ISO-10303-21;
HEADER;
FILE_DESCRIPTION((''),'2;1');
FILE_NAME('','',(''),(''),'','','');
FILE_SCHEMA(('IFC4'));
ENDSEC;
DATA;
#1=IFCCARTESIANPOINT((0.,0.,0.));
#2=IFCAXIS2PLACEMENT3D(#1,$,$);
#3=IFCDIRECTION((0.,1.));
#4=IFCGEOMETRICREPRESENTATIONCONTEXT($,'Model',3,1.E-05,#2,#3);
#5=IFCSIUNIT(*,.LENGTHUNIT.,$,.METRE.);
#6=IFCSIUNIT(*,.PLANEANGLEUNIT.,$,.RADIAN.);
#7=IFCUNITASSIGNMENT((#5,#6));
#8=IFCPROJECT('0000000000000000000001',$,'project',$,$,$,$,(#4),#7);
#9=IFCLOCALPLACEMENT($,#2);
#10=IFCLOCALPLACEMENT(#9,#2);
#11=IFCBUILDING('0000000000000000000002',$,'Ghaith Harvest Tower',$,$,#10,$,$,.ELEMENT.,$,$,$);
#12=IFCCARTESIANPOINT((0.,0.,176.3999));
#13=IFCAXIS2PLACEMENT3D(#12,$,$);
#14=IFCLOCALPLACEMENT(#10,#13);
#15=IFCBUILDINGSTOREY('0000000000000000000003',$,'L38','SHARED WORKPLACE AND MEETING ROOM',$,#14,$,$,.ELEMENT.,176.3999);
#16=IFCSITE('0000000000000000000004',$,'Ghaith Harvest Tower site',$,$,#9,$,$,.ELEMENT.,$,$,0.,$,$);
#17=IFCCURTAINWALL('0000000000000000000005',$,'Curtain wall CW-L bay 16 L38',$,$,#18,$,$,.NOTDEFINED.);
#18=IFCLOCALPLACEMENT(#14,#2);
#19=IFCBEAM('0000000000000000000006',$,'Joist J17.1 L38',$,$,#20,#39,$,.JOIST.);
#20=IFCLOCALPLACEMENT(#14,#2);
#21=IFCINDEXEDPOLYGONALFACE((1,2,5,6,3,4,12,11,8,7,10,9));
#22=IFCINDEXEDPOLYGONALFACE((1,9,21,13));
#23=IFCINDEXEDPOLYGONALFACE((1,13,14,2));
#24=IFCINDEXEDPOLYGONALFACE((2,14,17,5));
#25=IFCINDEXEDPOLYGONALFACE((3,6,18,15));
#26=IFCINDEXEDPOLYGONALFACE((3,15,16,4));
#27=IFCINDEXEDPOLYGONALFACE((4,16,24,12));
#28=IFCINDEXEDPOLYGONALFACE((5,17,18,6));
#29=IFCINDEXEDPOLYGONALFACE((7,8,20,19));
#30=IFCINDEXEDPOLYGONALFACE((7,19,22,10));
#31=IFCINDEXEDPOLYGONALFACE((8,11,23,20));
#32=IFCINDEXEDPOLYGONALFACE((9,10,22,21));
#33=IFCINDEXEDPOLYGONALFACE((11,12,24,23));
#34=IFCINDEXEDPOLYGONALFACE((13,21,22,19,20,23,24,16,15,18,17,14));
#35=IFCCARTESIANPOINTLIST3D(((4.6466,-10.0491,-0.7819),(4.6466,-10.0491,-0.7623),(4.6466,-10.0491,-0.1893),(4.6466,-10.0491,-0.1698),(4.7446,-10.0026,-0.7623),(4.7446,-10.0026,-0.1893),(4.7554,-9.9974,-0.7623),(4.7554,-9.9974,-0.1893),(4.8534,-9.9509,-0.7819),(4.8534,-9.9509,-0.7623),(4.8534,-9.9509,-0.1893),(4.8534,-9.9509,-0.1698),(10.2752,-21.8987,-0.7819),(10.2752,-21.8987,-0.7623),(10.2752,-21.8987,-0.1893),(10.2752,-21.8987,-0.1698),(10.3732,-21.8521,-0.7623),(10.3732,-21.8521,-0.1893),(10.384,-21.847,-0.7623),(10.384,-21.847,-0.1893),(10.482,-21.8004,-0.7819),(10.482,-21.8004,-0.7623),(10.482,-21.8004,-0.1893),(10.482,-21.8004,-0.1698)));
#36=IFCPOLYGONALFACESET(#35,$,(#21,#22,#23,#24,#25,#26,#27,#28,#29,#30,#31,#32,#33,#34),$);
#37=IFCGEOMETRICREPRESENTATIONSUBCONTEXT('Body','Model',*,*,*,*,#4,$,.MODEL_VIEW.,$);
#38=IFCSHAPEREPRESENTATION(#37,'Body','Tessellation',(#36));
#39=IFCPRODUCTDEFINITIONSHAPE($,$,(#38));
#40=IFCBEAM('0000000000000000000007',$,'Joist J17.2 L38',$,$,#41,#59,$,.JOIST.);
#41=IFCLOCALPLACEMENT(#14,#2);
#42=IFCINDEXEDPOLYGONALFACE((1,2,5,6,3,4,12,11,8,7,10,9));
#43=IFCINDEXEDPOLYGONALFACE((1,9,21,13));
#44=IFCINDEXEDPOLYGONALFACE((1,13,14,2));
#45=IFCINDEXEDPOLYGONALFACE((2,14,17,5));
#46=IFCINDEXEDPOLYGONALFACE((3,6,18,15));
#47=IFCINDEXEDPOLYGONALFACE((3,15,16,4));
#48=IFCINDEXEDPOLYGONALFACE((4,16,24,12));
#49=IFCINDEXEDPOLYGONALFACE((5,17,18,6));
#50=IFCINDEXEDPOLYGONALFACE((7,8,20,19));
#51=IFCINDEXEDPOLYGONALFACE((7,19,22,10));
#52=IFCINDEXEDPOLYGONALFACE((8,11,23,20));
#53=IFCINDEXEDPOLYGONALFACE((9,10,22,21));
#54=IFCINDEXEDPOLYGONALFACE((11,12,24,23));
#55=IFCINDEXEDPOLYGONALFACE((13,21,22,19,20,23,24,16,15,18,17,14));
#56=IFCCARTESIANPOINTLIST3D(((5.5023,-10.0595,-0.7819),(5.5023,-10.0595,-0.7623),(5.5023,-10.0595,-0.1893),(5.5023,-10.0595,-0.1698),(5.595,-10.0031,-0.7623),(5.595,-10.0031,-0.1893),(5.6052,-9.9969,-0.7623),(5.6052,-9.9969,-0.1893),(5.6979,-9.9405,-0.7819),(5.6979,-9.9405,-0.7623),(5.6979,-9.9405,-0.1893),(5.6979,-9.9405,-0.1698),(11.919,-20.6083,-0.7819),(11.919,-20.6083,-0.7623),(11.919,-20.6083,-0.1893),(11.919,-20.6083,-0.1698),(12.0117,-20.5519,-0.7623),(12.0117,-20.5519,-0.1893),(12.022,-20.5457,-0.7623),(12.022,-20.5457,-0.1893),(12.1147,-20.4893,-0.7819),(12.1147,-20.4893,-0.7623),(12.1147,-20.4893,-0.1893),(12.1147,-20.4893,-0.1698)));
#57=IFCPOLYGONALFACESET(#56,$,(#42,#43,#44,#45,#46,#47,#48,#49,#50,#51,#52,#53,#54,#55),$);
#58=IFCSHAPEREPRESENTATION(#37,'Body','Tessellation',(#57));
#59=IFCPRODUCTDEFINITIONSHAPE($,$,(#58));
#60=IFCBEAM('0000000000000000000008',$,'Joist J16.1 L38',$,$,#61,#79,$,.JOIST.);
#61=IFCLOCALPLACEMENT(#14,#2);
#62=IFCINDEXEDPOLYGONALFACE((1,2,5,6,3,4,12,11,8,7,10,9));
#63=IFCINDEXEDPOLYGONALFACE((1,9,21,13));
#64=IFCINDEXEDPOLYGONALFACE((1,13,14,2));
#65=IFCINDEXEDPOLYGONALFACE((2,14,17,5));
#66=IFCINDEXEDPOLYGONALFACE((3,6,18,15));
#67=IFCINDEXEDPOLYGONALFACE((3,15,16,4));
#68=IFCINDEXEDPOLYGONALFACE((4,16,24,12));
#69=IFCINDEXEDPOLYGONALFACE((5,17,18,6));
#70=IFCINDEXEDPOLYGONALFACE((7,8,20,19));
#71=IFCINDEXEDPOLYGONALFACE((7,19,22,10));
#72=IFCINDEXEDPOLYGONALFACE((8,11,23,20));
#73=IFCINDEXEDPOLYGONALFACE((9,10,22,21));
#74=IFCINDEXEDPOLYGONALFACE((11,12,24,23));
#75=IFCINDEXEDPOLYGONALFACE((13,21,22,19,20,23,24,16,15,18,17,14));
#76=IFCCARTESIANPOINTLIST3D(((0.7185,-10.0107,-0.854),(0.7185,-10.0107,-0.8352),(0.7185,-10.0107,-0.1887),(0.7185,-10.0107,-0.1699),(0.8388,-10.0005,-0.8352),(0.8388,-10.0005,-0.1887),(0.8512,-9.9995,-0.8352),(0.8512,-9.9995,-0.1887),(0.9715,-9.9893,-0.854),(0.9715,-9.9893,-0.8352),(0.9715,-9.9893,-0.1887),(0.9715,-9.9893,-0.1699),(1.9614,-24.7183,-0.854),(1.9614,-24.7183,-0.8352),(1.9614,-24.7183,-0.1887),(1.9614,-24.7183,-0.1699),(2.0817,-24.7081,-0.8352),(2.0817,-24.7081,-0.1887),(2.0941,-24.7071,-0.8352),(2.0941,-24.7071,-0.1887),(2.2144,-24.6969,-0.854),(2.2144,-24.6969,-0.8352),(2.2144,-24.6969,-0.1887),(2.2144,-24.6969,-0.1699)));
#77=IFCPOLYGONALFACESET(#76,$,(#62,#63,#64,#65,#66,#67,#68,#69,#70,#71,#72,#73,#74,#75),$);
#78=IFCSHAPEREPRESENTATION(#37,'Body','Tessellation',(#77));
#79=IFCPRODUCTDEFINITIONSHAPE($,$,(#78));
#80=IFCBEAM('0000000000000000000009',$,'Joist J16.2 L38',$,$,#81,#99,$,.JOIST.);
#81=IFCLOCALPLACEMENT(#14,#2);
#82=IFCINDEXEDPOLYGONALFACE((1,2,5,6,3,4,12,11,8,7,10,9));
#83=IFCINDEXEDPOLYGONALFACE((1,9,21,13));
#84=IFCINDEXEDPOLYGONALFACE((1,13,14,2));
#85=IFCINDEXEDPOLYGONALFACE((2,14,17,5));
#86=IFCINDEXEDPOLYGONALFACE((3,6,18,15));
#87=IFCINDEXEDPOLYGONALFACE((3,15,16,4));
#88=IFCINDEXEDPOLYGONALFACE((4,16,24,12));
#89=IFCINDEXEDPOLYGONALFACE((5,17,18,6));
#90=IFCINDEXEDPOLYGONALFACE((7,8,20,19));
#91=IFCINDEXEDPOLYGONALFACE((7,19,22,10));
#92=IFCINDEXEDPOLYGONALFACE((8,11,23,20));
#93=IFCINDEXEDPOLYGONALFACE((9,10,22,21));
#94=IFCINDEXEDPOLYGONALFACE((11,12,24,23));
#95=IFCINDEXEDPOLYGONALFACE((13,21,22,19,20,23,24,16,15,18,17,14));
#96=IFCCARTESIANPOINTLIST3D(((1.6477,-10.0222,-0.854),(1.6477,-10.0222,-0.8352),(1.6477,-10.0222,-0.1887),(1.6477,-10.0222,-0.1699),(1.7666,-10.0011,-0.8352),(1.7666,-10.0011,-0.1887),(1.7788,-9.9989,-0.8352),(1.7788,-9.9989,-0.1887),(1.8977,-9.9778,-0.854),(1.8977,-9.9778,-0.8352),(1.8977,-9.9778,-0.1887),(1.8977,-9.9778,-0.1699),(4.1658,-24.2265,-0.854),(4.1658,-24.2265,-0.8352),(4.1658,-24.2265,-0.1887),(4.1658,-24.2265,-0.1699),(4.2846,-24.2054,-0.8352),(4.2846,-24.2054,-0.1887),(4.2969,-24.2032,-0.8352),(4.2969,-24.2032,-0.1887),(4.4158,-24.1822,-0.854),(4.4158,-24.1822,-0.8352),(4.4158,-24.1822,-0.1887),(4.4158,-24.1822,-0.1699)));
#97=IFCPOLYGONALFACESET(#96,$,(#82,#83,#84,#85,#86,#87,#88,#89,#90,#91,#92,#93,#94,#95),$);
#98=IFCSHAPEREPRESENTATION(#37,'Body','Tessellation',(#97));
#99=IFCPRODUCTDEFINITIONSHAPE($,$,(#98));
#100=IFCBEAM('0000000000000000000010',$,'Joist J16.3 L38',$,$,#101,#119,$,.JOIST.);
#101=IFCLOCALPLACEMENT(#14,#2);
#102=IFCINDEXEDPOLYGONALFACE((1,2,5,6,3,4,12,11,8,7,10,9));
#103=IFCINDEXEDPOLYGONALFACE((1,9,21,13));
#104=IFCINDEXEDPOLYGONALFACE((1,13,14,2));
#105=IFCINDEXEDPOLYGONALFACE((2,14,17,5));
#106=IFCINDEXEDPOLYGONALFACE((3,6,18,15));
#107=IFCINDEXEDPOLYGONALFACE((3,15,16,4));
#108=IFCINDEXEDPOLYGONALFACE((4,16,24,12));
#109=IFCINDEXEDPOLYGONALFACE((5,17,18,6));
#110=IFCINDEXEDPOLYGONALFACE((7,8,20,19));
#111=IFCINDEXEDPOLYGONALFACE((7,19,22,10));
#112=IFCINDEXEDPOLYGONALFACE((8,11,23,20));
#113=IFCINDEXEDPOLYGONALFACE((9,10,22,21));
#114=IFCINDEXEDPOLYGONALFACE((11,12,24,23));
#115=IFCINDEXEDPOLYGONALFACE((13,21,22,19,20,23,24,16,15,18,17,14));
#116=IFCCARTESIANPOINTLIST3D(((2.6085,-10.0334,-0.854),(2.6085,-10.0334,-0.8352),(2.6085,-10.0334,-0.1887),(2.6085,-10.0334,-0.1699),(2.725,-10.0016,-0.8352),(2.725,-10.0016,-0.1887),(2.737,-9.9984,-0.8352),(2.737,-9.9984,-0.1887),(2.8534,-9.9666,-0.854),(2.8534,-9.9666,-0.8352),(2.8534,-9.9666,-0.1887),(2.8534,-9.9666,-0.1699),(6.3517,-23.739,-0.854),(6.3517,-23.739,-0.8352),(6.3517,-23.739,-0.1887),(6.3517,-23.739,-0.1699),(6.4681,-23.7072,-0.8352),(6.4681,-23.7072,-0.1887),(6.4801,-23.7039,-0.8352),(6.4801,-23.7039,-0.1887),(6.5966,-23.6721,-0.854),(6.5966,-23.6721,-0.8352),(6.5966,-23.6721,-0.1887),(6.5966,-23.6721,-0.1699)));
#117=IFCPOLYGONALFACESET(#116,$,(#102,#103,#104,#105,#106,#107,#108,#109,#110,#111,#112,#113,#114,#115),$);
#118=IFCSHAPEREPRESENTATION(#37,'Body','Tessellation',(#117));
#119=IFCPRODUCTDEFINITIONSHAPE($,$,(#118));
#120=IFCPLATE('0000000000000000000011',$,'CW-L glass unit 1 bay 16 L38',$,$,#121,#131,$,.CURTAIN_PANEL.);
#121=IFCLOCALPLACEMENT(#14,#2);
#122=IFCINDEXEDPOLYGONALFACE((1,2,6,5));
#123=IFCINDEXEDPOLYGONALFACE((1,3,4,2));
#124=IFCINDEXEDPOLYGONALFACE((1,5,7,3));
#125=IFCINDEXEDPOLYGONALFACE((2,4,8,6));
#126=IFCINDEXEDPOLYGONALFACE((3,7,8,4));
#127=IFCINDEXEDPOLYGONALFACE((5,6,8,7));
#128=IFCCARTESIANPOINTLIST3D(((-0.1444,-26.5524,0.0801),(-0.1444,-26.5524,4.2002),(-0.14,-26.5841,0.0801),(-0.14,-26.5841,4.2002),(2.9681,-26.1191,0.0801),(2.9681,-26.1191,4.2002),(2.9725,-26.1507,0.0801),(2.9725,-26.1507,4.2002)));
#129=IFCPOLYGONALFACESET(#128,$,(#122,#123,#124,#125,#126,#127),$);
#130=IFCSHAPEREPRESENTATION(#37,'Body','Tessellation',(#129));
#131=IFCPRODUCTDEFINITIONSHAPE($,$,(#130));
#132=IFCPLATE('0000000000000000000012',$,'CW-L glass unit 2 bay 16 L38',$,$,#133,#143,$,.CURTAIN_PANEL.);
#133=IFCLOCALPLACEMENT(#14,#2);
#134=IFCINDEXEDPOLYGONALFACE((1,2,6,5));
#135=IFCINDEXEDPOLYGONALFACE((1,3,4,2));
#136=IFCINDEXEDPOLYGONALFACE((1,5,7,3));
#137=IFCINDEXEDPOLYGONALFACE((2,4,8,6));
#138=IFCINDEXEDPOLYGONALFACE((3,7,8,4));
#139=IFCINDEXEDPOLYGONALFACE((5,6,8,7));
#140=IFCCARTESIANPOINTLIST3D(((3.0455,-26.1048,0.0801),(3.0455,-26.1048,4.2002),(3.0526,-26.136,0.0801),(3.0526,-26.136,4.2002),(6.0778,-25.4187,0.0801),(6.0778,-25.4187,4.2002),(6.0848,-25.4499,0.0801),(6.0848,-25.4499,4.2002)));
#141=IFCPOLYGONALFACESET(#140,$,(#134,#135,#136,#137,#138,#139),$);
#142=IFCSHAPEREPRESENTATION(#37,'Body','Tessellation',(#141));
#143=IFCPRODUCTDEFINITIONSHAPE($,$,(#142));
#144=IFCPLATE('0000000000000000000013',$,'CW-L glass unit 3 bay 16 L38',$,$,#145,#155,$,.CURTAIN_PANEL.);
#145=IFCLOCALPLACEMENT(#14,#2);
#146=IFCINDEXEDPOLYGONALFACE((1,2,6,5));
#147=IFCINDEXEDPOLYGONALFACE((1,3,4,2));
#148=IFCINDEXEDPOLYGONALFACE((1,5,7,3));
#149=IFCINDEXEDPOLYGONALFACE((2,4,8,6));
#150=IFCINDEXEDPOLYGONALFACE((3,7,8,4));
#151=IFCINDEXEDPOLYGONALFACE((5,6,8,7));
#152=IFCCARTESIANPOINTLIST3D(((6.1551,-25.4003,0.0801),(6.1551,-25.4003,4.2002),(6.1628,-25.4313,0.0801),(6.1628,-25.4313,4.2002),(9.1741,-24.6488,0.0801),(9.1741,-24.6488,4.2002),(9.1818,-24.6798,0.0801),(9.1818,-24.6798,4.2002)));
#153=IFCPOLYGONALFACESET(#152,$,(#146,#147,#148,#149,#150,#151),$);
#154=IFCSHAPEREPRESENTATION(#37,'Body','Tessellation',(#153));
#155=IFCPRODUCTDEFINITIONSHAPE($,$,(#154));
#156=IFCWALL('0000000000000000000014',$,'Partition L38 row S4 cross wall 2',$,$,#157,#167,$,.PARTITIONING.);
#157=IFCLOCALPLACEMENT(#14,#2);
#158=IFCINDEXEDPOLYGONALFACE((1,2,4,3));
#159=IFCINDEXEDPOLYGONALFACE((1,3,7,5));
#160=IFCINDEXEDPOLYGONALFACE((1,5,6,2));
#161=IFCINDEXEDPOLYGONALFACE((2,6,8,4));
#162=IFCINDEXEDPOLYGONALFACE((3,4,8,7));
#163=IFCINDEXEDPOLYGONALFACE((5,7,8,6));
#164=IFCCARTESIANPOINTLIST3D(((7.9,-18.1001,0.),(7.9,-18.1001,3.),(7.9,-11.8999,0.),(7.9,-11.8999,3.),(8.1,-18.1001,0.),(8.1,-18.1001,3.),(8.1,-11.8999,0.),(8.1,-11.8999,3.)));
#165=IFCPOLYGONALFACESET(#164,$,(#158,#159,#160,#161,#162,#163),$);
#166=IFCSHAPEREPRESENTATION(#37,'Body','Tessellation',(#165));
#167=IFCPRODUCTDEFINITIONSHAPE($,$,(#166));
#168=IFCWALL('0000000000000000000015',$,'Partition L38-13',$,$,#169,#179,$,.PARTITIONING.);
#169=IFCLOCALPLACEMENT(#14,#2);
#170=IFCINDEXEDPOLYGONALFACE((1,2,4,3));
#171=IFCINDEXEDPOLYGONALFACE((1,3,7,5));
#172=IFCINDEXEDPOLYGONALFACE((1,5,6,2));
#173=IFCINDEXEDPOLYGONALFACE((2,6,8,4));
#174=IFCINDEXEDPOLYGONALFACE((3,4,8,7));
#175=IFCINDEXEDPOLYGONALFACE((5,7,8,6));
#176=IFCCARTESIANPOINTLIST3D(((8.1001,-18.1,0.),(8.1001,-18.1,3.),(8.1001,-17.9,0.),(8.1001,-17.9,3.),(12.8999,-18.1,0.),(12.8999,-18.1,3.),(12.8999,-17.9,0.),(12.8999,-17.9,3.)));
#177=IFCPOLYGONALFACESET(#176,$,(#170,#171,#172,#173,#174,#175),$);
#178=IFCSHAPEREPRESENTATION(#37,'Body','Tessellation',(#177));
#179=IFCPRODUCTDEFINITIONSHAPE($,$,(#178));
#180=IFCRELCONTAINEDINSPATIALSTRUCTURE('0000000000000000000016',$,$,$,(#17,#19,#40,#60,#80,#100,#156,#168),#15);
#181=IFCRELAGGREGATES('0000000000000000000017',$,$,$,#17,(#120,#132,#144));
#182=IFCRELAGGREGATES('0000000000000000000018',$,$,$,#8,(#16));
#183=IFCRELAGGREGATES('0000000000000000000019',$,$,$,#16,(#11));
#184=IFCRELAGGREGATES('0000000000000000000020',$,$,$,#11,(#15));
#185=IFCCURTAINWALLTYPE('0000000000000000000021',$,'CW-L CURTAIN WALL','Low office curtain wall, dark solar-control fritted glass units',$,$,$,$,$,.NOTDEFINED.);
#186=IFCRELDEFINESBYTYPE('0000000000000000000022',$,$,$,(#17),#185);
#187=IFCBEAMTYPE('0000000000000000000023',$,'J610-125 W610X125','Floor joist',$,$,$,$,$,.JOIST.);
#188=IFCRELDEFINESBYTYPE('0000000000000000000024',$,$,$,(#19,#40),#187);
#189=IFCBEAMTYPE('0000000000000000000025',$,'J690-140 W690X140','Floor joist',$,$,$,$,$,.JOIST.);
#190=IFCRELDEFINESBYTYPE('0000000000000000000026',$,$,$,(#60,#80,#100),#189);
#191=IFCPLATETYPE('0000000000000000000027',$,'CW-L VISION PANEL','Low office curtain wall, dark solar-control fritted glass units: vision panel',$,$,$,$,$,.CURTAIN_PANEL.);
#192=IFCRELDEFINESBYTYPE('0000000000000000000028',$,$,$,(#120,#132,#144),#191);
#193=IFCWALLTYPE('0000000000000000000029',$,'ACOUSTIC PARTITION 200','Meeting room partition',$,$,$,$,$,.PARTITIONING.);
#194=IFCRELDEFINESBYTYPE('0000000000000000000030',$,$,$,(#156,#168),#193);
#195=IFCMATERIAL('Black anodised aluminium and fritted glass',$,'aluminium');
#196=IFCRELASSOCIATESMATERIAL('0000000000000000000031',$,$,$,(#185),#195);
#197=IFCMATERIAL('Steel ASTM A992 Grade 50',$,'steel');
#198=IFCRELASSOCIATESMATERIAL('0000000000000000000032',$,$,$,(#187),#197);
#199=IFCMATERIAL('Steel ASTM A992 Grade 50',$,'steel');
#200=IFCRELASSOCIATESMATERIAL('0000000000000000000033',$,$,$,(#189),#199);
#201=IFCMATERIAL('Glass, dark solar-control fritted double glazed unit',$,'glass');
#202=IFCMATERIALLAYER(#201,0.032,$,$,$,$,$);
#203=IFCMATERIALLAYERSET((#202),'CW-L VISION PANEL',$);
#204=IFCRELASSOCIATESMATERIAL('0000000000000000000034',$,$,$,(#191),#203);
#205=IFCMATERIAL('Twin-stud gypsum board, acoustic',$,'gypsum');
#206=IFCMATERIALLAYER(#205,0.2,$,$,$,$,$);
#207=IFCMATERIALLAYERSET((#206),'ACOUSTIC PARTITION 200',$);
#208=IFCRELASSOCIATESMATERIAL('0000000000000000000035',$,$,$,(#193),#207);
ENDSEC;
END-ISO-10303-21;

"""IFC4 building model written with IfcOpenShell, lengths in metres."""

from ifc_helpers import new_model, si_unit, direction, frame, frame_2d, origin, origin_2d, place, context, subcontext, project, spatial, rectangle, i_section, extrude, material, layer, layer_set, material_profile, profile_set, type_object, element, aggregate, save


model = new_model("IFC4")

# Units and contexts
model_context = context("Model", 3, precision=1e-05, world=origin(), true_north=direction((0.0, 1.0)))
body_context = subcontext(model_context, "Body", "Model", "MODEL_VIEW")
ifc_project = project(units=[si_unit("LENGTHUNIT", "METRE"), si_unit("PLANEANGLEUNIT", "RADIAN")], contexts=[model_context])

# Site, building, storey
site_placement = place(None, origin())
site = spatial("IfcSite", under=ifc_project, at=site_placement, Name="Ghaith Harvest Tower site", CompositionType="ELEMENT", RefElevation=0.0)
building_placement = place(site_placement, origin())
building = spatial("IfcBuilding", under=site, at=building_placement, Name="Ghaith Harvest Tower", CompositionType="ELEMENT")
storey_placement = place(building_placement, frame((0.0, 0.0, 176.3999)))
storey = spatial("IfcBuildingStorey", under=building, at=storey_placement, Name="L38", Description="SHARED WORKPLACE AND MEETING ROOM", CompositionType="ELEMENT", Elevation=176.3999)

# Curtain wall
ifc_material_1 = material(Name="Black anodised aluminium and fritted glass", Category="aluminium")
curtain_wall_type = type_object("IfcCurtainWallType", Name="CW-L CURTAIN WALL", Description="Low office curtain wall, dark solar-control fritted glass units", PredefinedType="NOTDEFINED", material=ifc_material_1)
curtain_wall_1_placement = place(storey_placement, origin())
curtain_wall_1 = element("IfcCurtainWall", 1, at=curtain_wall_1_placement, inside=storey, type_object=curtain_wall_type, Name="Curtain wall CW-L bay 16 L38", PredefinedType="NOTDEFINED")

# Beams
ifc_material_2 = material(Name="Steel ASTM A992 Grade 50", Category="steel")
ifc_material_profile_1 = material_profile(ifc_material_2, i_section(OverallWidth=0.229, OverallDepth=0.6121, WebThickness=0.012, FlangeThickness=0.0195, at=origin_2d()), Name="W610X125")
ifc_profile_set_1 = profile_set([ifc_material_profile_1], Name="Steel ASTM A992 Grade 50")
beam_type_1 = type_object("IfcBeamType", Name="J610-125 W610X125", Description="Floor joist", PredefinedType="JOIST", material=ifc_profile_set_1)
beam_1_placement = place(storey_placement, frame((4.75, -10.0, -0.4758), z_axis=(0.429063, -0.903275, 0.0), x_axis=(0.903275, 0.429063, 0.0)))
element("IfcBeam", 2, at=beam_1_placement, inside=storey, type_object=beam_type_1, Name="Joist J17.1 L38", PredefinedType="JOIST", context=body_context, shape_type="SweptSolid", body=[
    extrude(i_section(OverallWidth=0.229, OverallDepth=0.6121, WebThickness=0.012, FlangeThickness=0.0195, at=origin_2d()), origin(), (0.0, 0.0, 1.0), 13.1184),
])
beam_2_placement = place(storey_placement, frame((5.6001, -10.0, -0.4758), z_axis=(0.519694, -0.854352, 0.0), x_axis=(0.854352, 0.519694, 0.0)))
element("IfcBeam", 3, at=beam_2_placement, inside=storey, type_object=beam_type_1, Name="Joist J17.2 L38", PredefinedType="JOIST", context=body_context, shape_type="SweptSolid", body=[
    extrude(i_section(OverallWidth=0.229, OverallDepth=0.6121, WebThickness=0.012, FlangeThickness=0.0195, at=origin_2d()), origin(), (0.0, 0.0, 1.0), 12.3472),
])
ifc_material_3 = material(Name="Steel ASTM A992 Grade 50", Category="steel")
ifc_material_profile_2 = material_profile(ifc_material_3, i_section(OverallWidth=0.2539, OverallDepth=0.6841, WebThickness=0.0125, FlangeThickness=0.0188, at=origin_2d()), Name="W690X140")
ifc_profile_set_2 = profile_set([ifc_material_profile_2], Name="Steel ASTM A992 Grade 50")
beam_type_2 = type_object("IfcBeamType", Name="J690-140 W690X140", Description="Floor joist", PredefinedType="JOIST", material=ifc_profile_set_2)
beam_3_placement = place(storey_placement, frame((0.845, -10.0, -0.512), z_axis=(0.084209, -0.996448, 0.0), x_axis=(0.996448, 0.084209, 0.0)))
element("IfcBeam", 4, at=beam_3_placement, inside=storey, type_object=beam_type_2, Name="Joist J16.1 L38", PredefinedType="JOIST", context=body_context, shape_type="SweptSolid", body=[
    extrude(i_section(OverallWidth=0.2539, OverallDepth=0.6841, WebThickness=0.0125, FlangeThickness=0.0188, at=origin_2d()), origin(), (0.0, 0.0, 1.0), 14.76),
])
beam_4_placement = place(storey_placement, frame((1.7727, -10.0, -0.512), z_axis=(0.174553, -0.984648, 0.0), x_axis=(0.984648, 0.174553, 0.0)))
element("IfcBeam", 5, at=beam_4_placement, inside=storey, type_object=beam_type_2, Name="Joist J16.2 L38", PredefinedType="JOIST", context=body_context, shape_type="SweptSolid", body=[
    extrude(i_section(OverallWidth=0.2539, OverallDepth=0.6841, WebThickness=0.0125, FlangeThickness=0.0188, at=origin_2d()), origin(), (0.0, 0.0, 1.0), 14.4258),
])
beam_5_placement = place(storey_placement, frame((2.731, -10.0, -0.512), z_axis=(0.263463, -0.964669, 0.0), x_axis=(0.964669, 0.263463, 0.0)))
element("IfcBeam", 6, at=beam_5_placement, inside=storey, type_object=beam_type_2, Name="Joist J16.3 L38", PredefinedType="JOIST", context=body_context, shape_type="SweptSolid", body=[
    extrude(i_section(OverallWidth=0.2539, OverallDepth=0.6841, WebThickness=0.0125, FlangeThickness=0.0188, at=origin_2d()), origin(), (0.0, 0.0, 1.0), 14.2075),
])

# Plates
ifc_material_4 = material(Name="Glass, dark solar-control fritted double glazed unit", Category="glass")
ifc_layer_1 = layer(ifc_material_4, 0.032)
ifc_layer_set_1 = layer_set([ifc_layer_1], Name="CW-L VISION PANEL")
plate_type = type_object("IfcPlateType", Name="CW-L VISION PANEL", Description="Low office curtain wall, dark solar-control fritted glass units: vision panel", PredefinedType="CURTAIN_PANEL", material=ifc_layer_set_1)
plate_1_placement = place(storey_placement, frame((1.4141, -26.3516, 0.0801), z_axis=(0.0, 0.0, 1.0), x_axis=(0.990448, 0.137886, 0.0)))
plate_1 = element("IfcPlate", 7, at=plate_1_placement, type_object=plate_type, Name="CW-L glass unit 1 bay 16 L38", PredefinedType="CURTAIN_PANEL", context=body_context, shape_type="SweptSolid", body=[
    extrude(rectangle(XDim=3.1426, YDim=0.032, at=origin_2d()), origin(), (0.0, 0.0, 1.0), 4.1201),
])
plate_2_placement = place(storey_placement, frame((4.5652, -25.7773, 0.0801), z_axis=(0.0, 0.0, 1.0), x_axis=(0.975342, 0.2207, 0.0)))
plate_2 = element("IfcPlate", 8, at=plate_2_placement, type_object=plate_type, Name="CW-L glass unit 2 bay 16 L38", PredefinedType="CURTAIN_PANEL", context=body_context, shape_type="SweptSolid", body=[
    extrude(rectangle(XDim=3.1089, YDim=0.032, at=origin_2d()), origin(), (0.0, 0.0, 1.0), 4.1201),
])
plate_3_placement = place(storey_placement, frame((7.6685, -25.04, 0.0801), z_axis=(0.0, 0.0, 1.0), x_axis=(0.970384, 0.241566, 0.0)))
plate_3 = element("IfcPlate", 9, at=plate_3_placement, type_object=plate_type, Name="CW-L glass unit 3 bay 16 L38", PredefinedType="CURTAIN_PANEL", context=body_context, shape_type="SweptSolid", body=[
    extrude(rectangle(XDim=3.1111, YDim=0.032, at=origin_2d()), origin(), (0.0, 0.0, 1.0), 4.1201),
])
aggregate(curtain_wall_1, [plate_1, plate_2, plate_3])

# Wall
ifc_material_5 = material(Name="Twin-stud gypsum board, acoustic", Category="gypsum")
ifc_layer_2 = layer(ifc_material_5, 0.2)
ifc_layer_set_2 = layer_set([ifc_layer_2], Name="ACOUSTIC PARTITION 200")
wall_type_1 = type_object("IfcWallType", Name="ACOUSTIC PARTITION 200", Description="Meeting room partition", PredefinedType="PARTITIONING", material=ifc_layer_set_2)
wall_1_placement = place(storey_placement, frame((8.0, -11.8999, 0.0), z_axis=(0.0, 0.0, 1.0), x_axis=(0.0, -1.0, 0.0)))
element("IfcWall", 10, at=wall_1_placement, inside=storey, type_object=wall_type_1, Name="Partition L38 row S4 cross wall 2", PredefinedType="PARTITIONING", context=body_context, shape_type="SweptSolid", body=[
    extrude(rectangle(XDim=6.2002, YDim=0.2, at=frame_2d((3.1001, 0.0))), origin(), (0.0, 0.0, 1.0), 3.0),
])

# Wall
wall_2_placement = place(storey_placement, frame((8.1001, -18.0, 0.0), z_axis=(0.0, 0.0, 1.0), x_axis=(1.0, 0.0, 0.0)))
element("IfcWall", 11, at=wall_2_placement, inside=storey, type_object=wall_type_1, Name="Partition L38-13", PredefinedType="PARTITIONING", context=body_context, shape_type="SweptSolid", body=[
    extrude(rectangle(XDim=4.7998, YDim=0.2, at=frame_2d((2.3999, 0.0))), origin(), (0.0, 0.0, 1.0), 3.0),
])

save(model, "model.ifc")
